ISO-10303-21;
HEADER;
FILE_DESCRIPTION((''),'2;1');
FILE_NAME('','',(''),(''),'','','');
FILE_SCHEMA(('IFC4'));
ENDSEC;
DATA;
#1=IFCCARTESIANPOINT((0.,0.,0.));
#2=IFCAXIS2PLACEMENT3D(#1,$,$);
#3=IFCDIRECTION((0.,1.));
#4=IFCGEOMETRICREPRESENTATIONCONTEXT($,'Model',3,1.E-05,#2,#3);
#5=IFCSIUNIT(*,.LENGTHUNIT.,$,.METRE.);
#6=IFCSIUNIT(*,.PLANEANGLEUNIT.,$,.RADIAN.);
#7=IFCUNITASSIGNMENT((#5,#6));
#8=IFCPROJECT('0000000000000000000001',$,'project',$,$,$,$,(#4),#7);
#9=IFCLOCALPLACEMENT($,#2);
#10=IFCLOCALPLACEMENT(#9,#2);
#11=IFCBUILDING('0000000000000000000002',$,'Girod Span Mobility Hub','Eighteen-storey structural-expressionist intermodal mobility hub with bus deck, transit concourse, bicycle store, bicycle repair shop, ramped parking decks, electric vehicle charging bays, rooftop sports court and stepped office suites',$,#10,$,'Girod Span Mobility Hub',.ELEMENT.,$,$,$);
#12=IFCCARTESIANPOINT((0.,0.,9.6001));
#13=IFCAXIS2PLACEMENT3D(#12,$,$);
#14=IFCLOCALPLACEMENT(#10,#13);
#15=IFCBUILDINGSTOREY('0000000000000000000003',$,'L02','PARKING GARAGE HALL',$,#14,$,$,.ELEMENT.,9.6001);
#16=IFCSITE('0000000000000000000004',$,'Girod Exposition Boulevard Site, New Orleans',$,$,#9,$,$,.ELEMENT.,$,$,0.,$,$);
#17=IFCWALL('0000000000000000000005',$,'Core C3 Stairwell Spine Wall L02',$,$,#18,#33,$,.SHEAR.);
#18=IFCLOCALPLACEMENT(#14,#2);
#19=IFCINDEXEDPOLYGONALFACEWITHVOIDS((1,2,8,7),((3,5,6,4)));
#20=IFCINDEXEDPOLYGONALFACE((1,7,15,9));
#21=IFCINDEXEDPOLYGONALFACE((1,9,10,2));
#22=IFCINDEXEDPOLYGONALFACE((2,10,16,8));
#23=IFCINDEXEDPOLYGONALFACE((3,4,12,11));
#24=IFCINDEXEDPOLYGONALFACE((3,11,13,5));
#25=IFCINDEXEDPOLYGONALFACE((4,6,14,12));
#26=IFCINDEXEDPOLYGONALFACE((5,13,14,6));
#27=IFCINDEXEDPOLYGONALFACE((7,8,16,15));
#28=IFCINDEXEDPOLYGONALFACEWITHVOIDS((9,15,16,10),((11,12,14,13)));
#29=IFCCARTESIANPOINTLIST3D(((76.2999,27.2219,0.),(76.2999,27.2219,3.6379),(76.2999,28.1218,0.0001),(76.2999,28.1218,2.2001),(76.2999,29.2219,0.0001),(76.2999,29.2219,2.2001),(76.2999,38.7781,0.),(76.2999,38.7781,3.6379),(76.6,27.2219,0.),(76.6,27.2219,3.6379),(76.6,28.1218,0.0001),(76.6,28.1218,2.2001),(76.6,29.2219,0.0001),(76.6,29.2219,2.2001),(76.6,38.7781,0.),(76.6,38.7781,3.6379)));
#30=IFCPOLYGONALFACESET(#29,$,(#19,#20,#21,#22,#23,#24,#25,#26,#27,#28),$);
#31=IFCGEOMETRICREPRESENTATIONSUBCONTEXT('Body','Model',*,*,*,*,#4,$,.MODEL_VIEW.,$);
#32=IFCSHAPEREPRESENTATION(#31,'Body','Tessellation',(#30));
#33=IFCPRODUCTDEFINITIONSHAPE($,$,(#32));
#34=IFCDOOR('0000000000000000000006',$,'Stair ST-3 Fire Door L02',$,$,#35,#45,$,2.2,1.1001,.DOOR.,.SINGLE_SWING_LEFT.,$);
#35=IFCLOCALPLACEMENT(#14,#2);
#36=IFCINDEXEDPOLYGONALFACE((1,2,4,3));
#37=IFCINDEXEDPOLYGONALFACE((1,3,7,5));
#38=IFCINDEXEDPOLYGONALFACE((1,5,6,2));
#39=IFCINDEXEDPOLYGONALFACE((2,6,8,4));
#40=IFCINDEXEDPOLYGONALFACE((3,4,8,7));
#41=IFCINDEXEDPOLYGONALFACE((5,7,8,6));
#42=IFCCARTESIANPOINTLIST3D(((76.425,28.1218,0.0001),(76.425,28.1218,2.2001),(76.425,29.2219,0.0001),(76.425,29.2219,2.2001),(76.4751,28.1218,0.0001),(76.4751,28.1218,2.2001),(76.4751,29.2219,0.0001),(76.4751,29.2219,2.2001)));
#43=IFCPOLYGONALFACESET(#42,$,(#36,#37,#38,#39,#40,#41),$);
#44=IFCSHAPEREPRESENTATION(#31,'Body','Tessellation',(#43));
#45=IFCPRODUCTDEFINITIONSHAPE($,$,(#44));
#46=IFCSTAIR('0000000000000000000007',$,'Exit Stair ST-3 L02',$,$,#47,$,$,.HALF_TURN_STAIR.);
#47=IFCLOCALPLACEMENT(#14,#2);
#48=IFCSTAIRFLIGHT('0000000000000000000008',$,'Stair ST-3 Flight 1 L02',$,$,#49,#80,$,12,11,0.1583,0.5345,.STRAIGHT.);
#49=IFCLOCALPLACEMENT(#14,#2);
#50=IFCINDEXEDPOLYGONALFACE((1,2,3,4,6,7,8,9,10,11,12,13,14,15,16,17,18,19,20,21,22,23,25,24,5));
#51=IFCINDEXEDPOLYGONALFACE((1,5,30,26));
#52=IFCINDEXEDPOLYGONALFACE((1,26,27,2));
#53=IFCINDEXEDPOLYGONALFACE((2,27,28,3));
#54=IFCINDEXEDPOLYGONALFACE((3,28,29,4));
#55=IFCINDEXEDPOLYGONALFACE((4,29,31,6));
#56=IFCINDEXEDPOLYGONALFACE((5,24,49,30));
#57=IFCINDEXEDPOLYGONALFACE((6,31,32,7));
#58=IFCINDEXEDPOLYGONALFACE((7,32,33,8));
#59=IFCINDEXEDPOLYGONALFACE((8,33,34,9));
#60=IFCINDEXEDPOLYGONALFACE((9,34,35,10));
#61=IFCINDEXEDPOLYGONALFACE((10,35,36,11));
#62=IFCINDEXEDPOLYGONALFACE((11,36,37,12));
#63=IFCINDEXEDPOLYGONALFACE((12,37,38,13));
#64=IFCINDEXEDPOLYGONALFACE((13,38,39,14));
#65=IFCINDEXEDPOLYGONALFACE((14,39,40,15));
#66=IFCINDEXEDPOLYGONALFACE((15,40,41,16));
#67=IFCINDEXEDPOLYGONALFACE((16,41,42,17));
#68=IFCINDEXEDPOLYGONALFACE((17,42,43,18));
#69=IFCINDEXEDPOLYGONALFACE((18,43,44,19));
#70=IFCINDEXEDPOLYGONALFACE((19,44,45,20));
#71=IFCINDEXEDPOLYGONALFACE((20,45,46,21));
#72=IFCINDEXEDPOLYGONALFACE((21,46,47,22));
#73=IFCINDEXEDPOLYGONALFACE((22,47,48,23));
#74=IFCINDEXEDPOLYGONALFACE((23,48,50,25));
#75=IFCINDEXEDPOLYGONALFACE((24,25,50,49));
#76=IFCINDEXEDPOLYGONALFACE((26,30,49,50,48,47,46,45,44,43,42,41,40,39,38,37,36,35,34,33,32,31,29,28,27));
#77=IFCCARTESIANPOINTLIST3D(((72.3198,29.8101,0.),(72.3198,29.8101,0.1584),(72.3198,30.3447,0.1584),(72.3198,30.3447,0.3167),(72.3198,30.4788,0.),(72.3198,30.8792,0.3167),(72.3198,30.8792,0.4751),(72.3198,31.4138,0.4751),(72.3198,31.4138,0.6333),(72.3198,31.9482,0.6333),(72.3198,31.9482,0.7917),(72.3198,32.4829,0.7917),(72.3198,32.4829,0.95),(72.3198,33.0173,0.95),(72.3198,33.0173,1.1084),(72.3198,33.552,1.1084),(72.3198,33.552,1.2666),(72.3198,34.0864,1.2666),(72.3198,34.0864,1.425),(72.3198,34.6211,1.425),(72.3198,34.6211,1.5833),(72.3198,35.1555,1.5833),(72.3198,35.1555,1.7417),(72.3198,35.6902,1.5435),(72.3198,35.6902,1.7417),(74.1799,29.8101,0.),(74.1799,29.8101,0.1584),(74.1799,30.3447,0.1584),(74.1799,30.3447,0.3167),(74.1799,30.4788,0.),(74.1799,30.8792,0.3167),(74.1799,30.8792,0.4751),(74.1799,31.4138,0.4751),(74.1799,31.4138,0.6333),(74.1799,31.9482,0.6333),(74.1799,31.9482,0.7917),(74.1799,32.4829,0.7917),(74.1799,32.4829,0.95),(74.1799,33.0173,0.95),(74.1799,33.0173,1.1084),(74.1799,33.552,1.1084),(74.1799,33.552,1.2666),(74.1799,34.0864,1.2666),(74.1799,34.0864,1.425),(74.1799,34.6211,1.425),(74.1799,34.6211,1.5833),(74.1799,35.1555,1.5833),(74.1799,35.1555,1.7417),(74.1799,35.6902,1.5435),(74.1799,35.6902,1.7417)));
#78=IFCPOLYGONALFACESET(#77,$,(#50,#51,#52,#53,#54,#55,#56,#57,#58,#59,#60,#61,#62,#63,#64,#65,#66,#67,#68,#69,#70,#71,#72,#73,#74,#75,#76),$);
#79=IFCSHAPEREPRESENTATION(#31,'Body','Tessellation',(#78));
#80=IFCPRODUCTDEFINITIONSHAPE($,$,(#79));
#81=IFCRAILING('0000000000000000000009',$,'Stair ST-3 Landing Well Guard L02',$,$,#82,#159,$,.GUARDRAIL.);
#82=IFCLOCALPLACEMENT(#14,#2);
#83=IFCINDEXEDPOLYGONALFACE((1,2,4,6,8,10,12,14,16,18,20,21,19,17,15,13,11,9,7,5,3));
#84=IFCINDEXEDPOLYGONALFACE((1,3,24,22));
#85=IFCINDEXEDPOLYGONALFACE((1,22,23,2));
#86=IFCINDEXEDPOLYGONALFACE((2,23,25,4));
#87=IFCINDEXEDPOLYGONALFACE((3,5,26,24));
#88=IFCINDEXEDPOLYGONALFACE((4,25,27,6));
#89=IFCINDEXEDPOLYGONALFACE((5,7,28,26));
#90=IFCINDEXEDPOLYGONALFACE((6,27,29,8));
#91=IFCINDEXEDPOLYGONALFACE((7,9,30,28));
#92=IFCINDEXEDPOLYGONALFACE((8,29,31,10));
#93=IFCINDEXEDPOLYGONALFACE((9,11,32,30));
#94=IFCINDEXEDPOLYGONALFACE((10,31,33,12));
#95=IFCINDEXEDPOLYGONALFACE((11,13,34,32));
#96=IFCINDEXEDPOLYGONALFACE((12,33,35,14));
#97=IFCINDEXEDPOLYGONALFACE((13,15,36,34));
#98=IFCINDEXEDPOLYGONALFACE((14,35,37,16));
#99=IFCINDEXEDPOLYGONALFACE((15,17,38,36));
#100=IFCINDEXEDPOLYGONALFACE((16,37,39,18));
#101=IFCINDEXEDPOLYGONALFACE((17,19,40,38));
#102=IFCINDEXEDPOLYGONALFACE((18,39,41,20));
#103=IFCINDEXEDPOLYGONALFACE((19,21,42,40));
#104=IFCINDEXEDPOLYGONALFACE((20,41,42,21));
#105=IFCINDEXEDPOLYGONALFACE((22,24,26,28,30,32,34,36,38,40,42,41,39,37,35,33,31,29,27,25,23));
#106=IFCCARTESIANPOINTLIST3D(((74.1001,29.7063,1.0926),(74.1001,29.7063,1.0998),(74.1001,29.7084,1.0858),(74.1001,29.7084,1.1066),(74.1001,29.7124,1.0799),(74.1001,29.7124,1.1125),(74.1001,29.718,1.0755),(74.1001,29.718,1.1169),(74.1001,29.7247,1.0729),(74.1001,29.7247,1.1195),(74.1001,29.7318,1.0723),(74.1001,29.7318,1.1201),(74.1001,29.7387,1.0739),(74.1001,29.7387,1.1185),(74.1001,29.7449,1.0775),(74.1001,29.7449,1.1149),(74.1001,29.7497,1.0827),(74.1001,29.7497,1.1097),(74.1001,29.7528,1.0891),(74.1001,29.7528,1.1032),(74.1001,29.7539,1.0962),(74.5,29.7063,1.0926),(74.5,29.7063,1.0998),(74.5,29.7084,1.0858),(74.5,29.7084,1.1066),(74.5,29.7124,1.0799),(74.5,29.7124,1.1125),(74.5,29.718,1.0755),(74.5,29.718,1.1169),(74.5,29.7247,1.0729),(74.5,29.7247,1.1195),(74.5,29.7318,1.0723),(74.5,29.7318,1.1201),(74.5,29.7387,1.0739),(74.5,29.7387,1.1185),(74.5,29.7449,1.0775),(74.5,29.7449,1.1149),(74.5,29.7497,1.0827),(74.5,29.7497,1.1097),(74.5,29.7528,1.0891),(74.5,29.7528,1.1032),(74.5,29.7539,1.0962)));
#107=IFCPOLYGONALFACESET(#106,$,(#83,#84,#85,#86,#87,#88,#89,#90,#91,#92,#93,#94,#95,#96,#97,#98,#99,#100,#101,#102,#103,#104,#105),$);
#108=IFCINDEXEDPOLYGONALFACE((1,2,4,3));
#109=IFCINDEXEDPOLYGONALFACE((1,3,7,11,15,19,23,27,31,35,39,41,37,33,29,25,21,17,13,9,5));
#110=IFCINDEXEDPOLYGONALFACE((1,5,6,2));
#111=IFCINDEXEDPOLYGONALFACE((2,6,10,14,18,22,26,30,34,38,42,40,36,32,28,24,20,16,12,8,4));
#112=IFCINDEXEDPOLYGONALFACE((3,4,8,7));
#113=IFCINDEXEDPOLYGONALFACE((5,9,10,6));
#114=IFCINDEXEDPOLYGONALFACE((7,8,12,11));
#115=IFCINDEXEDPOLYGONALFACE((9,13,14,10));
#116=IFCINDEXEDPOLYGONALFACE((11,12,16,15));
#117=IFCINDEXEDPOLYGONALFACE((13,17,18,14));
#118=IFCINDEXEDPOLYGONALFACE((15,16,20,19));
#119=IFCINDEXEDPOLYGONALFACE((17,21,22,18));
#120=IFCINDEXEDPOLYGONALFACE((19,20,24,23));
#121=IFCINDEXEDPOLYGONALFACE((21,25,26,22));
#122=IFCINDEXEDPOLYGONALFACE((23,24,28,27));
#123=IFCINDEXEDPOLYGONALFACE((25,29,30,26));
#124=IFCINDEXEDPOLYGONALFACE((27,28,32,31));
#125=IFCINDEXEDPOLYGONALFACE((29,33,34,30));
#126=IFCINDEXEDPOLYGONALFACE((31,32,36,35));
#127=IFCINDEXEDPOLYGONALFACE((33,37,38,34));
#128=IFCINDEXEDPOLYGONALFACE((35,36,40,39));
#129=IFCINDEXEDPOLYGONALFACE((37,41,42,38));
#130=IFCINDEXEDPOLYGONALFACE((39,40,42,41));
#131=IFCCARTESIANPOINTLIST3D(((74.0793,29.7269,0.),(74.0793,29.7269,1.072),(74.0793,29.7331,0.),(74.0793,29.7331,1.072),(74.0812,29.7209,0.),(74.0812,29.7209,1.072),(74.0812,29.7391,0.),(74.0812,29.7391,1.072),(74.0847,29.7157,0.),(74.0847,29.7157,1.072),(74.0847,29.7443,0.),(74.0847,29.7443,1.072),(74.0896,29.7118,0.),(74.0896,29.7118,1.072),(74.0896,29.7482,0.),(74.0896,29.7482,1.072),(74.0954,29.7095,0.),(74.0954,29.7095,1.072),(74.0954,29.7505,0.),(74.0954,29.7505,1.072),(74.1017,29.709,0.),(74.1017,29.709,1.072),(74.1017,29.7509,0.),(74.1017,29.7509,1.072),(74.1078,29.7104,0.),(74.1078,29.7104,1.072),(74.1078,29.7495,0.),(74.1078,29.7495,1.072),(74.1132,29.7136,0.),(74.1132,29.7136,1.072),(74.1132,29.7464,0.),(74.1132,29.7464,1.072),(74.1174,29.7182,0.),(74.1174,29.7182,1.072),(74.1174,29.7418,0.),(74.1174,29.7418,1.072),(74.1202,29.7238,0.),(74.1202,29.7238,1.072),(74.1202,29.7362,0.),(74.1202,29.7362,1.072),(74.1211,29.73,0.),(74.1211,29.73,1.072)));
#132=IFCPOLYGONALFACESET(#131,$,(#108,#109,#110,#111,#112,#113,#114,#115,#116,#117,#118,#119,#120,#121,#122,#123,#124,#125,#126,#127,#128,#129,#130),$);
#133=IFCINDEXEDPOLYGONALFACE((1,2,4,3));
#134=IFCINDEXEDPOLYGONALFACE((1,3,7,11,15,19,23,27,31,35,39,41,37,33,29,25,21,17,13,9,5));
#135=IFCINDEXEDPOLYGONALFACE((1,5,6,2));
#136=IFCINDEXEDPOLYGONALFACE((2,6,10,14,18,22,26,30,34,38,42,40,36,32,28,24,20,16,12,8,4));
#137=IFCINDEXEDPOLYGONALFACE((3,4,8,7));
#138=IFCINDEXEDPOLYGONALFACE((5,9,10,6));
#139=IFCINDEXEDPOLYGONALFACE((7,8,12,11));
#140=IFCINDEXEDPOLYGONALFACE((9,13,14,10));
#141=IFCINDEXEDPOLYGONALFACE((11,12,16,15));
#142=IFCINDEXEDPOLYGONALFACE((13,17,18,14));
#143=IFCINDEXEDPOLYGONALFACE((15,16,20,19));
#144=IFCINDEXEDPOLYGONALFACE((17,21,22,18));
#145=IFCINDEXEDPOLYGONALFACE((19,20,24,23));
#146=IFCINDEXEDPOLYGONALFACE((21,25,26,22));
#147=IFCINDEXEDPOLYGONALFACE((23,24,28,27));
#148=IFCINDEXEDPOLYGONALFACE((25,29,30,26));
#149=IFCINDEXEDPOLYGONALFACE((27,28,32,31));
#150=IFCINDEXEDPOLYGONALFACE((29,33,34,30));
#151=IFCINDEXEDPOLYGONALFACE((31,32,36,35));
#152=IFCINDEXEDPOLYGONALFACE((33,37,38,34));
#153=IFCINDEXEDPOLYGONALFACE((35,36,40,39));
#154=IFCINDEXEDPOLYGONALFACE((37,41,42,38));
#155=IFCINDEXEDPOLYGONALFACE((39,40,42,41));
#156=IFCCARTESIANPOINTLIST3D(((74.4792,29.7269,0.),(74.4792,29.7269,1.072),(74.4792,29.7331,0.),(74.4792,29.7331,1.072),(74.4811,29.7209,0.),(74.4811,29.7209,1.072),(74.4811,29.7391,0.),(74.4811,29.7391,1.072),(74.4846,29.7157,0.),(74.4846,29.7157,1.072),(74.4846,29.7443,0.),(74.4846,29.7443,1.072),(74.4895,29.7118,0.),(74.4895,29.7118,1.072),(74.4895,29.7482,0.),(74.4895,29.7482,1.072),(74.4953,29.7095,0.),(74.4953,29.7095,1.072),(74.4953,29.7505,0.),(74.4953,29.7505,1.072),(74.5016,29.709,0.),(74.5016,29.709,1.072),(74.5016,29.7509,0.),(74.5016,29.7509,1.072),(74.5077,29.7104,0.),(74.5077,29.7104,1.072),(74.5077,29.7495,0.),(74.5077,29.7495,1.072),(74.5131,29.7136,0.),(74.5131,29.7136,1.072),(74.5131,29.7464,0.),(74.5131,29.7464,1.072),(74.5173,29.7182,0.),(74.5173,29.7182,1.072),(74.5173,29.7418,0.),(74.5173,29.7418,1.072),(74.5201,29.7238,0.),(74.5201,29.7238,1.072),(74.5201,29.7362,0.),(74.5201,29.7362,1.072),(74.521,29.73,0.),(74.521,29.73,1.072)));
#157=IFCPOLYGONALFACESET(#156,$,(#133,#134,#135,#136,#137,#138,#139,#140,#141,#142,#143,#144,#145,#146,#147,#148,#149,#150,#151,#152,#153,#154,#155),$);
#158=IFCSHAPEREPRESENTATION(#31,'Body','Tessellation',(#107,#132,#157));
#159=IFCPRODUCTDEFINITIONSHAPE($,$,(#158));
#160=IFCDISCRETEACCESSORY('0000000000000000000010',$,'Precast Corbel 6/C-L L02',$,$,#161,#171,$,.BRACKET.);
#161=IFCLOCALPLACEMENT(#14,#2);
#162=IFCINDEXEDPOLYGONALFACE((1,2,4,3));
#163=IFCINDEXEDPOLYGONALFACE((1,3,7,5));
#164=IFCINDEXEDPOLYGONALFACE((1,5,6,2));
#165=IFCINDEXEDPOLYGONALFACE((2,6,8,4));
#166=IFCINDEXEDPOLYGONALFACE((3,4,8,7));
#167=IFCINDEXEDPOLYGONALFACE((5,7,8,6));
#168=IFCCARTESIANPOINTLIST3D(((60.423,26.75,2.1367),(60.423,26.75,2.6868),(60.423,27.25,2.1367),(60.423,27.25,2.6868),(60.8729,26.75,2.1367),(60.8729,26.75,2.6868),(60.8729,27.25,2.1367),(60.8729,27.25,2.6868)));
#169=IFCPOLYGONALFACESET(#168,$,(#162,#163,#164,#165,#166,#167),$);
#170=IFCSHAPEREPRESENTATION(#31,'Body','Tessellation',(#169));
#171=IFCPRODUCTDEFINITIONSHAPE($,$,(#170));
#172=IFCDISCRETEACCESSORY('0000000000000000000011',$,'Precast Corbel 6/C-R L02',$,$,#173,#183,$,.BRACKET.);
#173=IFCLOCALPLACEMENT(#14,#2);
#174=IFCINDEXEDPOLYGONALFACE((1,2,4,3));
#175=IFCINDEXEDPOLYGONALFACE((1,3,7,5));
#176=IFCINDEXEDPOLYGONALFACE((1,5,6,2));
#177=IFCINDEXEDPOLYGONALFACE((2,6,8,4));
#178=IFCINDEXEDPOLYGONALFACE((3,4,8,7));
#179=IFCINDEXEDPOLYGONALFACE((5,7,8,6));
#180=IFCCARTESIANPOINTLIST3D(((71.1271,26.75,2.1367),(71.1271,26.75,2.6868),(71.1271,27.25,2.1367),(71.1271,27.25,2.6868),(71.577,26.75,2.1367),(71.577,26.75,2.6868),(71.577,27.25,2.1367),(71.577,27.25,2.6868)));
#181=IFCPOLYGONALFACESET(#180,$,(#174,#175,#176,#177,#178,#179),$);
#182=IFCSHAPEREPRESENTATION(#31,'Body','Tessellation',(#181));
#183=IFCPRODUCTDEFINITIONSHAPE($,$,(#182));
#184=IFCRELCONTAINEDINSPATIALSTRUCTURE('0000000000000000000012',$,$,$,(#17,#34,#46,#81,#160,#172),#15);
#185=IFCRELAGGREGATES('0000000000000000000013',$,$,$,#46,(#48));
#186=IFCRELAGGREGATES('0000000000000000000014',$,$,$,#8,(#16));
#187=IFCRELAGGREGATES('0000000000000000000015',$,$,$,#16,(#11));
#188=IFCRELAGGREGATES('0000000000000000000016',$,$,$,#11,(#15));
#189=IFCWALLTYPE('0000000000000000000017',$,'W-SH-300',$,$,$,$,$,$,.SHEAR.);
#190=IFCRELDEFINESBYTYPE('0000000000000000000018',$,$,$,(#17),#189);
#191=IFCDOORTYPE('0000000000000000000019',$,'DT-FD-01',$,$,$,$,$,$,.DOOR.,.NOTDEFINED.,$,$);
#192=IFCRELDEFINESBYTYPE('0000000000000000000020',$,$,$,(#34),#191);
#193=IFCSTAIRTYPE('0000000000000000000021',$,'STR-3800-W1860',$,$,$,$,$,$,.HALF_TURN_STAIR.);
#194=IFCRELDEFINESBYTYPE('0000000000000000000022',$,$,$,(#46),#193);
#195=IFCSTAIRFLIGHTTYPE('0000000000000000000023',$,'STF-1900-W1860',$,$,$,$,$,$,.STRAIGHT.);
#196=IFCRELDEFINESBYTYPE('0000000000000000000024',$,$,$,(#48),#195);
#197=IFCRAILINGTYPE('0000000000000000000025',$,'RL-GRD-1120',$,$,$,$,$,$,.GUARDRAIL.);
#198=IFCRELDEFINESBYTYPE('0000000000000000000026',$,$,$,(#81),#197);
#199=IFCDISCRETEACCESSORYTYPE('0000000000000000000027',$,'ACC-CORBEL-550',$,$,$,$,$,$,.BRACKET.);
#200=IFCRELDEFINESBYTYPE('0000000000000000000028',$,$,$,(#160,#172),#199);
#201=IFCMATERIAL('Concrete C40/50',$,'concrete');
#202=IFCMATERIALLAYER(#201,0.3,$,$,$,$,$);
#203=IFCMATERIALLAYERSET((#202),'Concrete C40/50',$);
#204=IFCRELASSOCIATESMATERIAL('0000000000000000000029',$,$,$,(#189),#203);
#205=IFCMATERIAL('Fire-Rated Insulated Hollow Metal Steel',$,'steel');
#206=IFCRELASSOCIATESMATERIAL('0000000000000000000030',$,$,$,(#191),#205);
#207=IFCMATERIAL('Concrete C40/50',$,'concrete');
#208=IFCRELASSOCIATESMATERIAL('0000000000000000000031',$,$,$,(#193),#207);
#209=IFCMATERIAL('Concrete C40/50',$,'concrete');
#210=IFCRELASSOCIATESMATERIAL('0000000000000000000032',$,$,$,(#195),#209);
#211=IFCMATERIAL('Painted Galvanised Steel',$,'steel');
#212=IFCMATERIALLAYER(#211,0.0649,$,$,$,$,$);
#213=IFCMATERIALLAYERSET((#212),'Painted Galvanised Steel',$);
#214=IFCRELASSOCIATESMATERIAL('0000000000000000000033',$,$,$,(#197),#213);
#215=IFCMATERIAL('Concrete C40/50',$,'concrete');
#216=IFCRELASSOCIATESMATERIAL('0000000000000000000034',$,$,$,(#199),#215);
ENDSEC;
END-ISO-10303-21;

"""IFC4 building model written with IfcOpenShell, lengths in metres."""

from ifc_helpers import new_model, si_unit, direction, frame, frame_2d, origin, origin_2d, place, context, subcontext, project, spatial, polyline, rectangle, circle, outline, extrude, material, layer, layer_set, type_object, element, fill, aggregate, save


model = new_model("IFC4")

# Units and contexts
model_context = context("Model", 3, precision=1e-05, world=origin(), true_north=direction((0.0, 1.0)))
body_context = subcontext(model_context, "Body", "Model", "MODEL_VIEW")
ifc_project = project(units=[si_unit("LENGTHUNIT", "METRE"), si_unit("PLANEANGLEUNIT", "RADIAN")], contexts=[model_context])

# Site, building, storey
site_placement = place(None, origin())
site = spatial("IfcSite", under=ifc_project, at=site_placement, Name="Girod Exposition Boulevard Site, New Orleans", CompositionType="ELEMENT", RefElevation=0.0)
building_placement = place(site_placement, origin())
building = spatial("IfcBuilding", under=site, at=building_placement, Name="Girod Span Mobility Hub", Description="Eighteen-storey structural-expressionist intermodal mobility hub with bus deck, transit concourse, bicycle store, bicycle repair shop, ramped parking decks, electric vehicle charging bays, rooftop sports court and stepped office suites", LongName="Girod Span Mobility Hub", CompositionType="ELEMENT")
storey_placement = place(building_placement, frame((0.0, 0.0, 9.6001)))
storey = spatial("IfcBuildingStorey", under=building, at=storey_placement, Name="L02", Description="PARKING GARAGE HALL", CompositionType="ELEMENT", Elevation=9.6001)

# Wall, opening, door
ifc_material_1 = material(Name="Concrete C40/50", Category="concrete")
ifc_layer_1 = layer(ifc_material_1, 0.3)
ifc_layer_set_1 = layer_set([ifc_layer_1], Name="Concrete C40/50")
wall_type_1 = type_object("IfcWallType", Name="W-SH-300", PredefinedType="SHEAR", material=ifc_layer_set_1)
wall_1_placement = place(storey_placement, frame((76.45, 27.2219, 0.0), z_axis=(0.0, 0.0, 1.0), x_axis=(0.0, 1.0, 0.0)))
wall_1 = element("IfcWall", 1, at=wall_1_placement, inside=storey, type_object=wall_type_1, Name="Core C3 Stairwell Spine Wall L02", PredefinedType="SHEAR", context=body_context, shape_type="SweptSolid", body=[
    extrude(rectangle(XDim=11.5562, YDim=0.3, at=frame_2d((5.7781, 0.0))), origin(), (0.0, 0.0, 1.0), 3.6379),
])
opening_placement = place(wall_1_placement, frame((0.8999, 0.0, 0.0)))
opening = element("IfcOpeningElement", 2, at=opening_placement, cuts=wall_1, PredefinedType="OPENING", context=body_context, shape_type="SweptSolid", body=[
    extrude(rectangle(XDim=1.1001, YDim=2.2, at=frame_2d((0.55, 1.1001))), frame((0.0, 0.165, 0.0), z_axis=(0.0, -1.0, 0.0), x_axis=(1.0, 0.0, 0.0)), (0.0, 0.0, 1.0), 0.3301),
])
ifc_material_2 = material(Name="Fire-Rated Insulated Hollow Metal Steel", Category="steel")
door_type = type_object("IfcDoorType", Name="DT-FD-01", OperationType="NOTDEFINED", PredefinedType="DOOR", material=ifc_material_2)
door_placement = place(opening_placement, origin())
door = element("IfcDoor", 3, at=door_placement, inside=storey, type_object=door_type, Name="Stair ST-3 Fire Door L02", OperationType="SINGLE_SWING_LEFT", OverallHeight=2.2, OverallWidth=1.1001, PredefinedType="DOOR", context=body_context, shape_type="SweptSolid", body=[
    extrude(rectangle(XDim=1.1001, YDim=2.2, at=frame_2d((0.55, 1.1001))), frame((0.0, 0.0249, 0.0), z_axis=(0.0, -1.0, 0.0), x_axis=(1.0, 0.0, 0.0)), (0.0, 0.0, 1.0), 0.05),
])
fill(opening, door)

# Stair, stair flight
ifc_material_3 = material(Name="Concrete C40/50", Category="concrete")
stair_type = type_object("IfcStairType", Name="STR-3800-W1860", PredefinedType="HALF_TURN_STAIR", material=ifc_material_3)
stair_placement = place(storey_placement, origin())
stair = element("IfcStair", 4, at=stair_placement, inside=storey, type_object=stair_type, Name="Exit Stair ST-3 L02", PredefinedType="HALF_TURN_STAIR")
ifc_material_4 = material(Name="Concrete C40/50", Category="concrete")
stair_flight_type = type_object("IfcStairFlightType", Name="STF-1900-W1860", PredefinedType="STRAIGHT", material=ifc_material_4)
stair_flight_placement = place(storey_placement, frame((73.25, 29.8101, 0.0), z_axis=(0.0, 0.0, 1.0), x_axis=(0.0, 1.0, 0.0)))
stair_flight = element("IfcStairFlight", 5, at=stair_flight_placement, type_object=stair_flight_type, Name="Stair ST-3 Flight 1 L02", NumberOfRisers=12, NumberOfTreads=11, PredefinedType="STRAIGHT", RiserHeight=0.1583, TreadLength=0.5345, context=body_context, shape_type="SweptSolid", body=[
    extrude(outline(polyline([(0.0, 0.0), (0.0, 0.1584), (0.5347, 0.1584), (0.5347, 0.3167), (1.0691, 0.3167), (1.0691, 0.4751), (1.6038, 0.4751), (1.6038, 0.6333), (2.1382, 0.6333), (2.1382, 0.7917), (2.6729, 0.7917), (2.6729, 0.95), (3.2073, 0.95), (3.2073, 1.1084), (3.7419, 1.1084), (3.7419, 1.2666), (4.2764, 1.2666), (4.2764, 1.425), (4.811, 1.425), (4.811, 1.5833), (5.3455, 1.5833), (5.3455, 1.7417), (5.8801, 1.7417), (5.8801, 1.8999), (5.8801, 1.5435), (0.6687, 0.0), (0.0, 0.0)])), frame((0.0, 0.9302, 0.0), z_axis=(0.0, -1.0, 0.0), x_axis=(1.0, 0.0, 0.0)), (0.0, 0.0, 1.0), 1.8601),
])
aggregate(stair, [stair_flight])

# Railing
ifc_material_5 = material(Name="Painted Galvanised Steel", Category="steel")
ifc_layer_2 = layer(ifc_material_5, 0.0649)
ifc_layer_set_2 = layer_set([ifc_layer_2], Name="Painted Galvanised Steel")
railing_type_1 = type_object("IfcRailingType", Name="RL-GRD-1120", PredefinedType="GUARDRAIL", material=ifc_layer_set_2)
railing_1_placement = place(storey_placement, frame((74.1001, 29.73, 0.0)))
element("IfcRailing", 6, at=railing_1_placement, inside=storey, type_object=railing_type_1, Name="Stair ST-3 Landing Well Guard L02", PredefinedType="GUARDRAIL", context=body_context, shape_type="SweptSolid", body=[
    extrude(circle(Radius=0.0239, at=origin_2d()), frame((0.0, 0.0, 1.0962), z_axis=(1.0, 0.0, 0.0), x_axis=(0.0, 1.0, 0.0)), (0.0, 0.0, 1.0), 0.3999),
    extrude(circle(Radius=0.021, at=origin_2d()), origin(), (0.0, 0.0, 1.0), 1.072),
    extrude(circle(Radius=0.021, at=origin_2d()), frame((0.3999, 0.0, 0.0)), (0.0, 0.0, 1.0), 1.072),
])

# Discrete accessories
ifc_material_6 = material(Name="Concrete C40/50", Category="concrete")
discrete_accessory_type = type_object("IfcDiscreteAccessoryType", Name="ACC-CORBEL-550", PredefinedType="BRACKET", material=ifc_material_6)
for number, where, z_axis, x_axis, name in (
    (7, (60.6479, 27.0, 2.1367), (0.0, 0.0, 1.0), (1.0, 0.0, 0.0), "Precast Corbel 6/C-L L02"),
    (8, (71.3521, 27.0, 2.1367), (0.0, 0.0, 1.0), (1.0, 0.0, 0.0), "Precast Corbel 6/C-R L02"),
):
    element("IfcDiscreteAccessory", number, at=place(storey_placement, frame(where, z_axis=z_axis, x_axis=x_axis)), inside=storey, type_object=discrete_accessory_type, Name=name, PredefinedType="BRACKET", context=body_context, shape_type="SweptSolid", body=[
        extrude(rectangle(XDim=0.45, YDim=0.5, at=origin_2d()), origin(), (0.0, 0.0, 1.0), 0.55),
    ])

save(model, "model.ifc")
